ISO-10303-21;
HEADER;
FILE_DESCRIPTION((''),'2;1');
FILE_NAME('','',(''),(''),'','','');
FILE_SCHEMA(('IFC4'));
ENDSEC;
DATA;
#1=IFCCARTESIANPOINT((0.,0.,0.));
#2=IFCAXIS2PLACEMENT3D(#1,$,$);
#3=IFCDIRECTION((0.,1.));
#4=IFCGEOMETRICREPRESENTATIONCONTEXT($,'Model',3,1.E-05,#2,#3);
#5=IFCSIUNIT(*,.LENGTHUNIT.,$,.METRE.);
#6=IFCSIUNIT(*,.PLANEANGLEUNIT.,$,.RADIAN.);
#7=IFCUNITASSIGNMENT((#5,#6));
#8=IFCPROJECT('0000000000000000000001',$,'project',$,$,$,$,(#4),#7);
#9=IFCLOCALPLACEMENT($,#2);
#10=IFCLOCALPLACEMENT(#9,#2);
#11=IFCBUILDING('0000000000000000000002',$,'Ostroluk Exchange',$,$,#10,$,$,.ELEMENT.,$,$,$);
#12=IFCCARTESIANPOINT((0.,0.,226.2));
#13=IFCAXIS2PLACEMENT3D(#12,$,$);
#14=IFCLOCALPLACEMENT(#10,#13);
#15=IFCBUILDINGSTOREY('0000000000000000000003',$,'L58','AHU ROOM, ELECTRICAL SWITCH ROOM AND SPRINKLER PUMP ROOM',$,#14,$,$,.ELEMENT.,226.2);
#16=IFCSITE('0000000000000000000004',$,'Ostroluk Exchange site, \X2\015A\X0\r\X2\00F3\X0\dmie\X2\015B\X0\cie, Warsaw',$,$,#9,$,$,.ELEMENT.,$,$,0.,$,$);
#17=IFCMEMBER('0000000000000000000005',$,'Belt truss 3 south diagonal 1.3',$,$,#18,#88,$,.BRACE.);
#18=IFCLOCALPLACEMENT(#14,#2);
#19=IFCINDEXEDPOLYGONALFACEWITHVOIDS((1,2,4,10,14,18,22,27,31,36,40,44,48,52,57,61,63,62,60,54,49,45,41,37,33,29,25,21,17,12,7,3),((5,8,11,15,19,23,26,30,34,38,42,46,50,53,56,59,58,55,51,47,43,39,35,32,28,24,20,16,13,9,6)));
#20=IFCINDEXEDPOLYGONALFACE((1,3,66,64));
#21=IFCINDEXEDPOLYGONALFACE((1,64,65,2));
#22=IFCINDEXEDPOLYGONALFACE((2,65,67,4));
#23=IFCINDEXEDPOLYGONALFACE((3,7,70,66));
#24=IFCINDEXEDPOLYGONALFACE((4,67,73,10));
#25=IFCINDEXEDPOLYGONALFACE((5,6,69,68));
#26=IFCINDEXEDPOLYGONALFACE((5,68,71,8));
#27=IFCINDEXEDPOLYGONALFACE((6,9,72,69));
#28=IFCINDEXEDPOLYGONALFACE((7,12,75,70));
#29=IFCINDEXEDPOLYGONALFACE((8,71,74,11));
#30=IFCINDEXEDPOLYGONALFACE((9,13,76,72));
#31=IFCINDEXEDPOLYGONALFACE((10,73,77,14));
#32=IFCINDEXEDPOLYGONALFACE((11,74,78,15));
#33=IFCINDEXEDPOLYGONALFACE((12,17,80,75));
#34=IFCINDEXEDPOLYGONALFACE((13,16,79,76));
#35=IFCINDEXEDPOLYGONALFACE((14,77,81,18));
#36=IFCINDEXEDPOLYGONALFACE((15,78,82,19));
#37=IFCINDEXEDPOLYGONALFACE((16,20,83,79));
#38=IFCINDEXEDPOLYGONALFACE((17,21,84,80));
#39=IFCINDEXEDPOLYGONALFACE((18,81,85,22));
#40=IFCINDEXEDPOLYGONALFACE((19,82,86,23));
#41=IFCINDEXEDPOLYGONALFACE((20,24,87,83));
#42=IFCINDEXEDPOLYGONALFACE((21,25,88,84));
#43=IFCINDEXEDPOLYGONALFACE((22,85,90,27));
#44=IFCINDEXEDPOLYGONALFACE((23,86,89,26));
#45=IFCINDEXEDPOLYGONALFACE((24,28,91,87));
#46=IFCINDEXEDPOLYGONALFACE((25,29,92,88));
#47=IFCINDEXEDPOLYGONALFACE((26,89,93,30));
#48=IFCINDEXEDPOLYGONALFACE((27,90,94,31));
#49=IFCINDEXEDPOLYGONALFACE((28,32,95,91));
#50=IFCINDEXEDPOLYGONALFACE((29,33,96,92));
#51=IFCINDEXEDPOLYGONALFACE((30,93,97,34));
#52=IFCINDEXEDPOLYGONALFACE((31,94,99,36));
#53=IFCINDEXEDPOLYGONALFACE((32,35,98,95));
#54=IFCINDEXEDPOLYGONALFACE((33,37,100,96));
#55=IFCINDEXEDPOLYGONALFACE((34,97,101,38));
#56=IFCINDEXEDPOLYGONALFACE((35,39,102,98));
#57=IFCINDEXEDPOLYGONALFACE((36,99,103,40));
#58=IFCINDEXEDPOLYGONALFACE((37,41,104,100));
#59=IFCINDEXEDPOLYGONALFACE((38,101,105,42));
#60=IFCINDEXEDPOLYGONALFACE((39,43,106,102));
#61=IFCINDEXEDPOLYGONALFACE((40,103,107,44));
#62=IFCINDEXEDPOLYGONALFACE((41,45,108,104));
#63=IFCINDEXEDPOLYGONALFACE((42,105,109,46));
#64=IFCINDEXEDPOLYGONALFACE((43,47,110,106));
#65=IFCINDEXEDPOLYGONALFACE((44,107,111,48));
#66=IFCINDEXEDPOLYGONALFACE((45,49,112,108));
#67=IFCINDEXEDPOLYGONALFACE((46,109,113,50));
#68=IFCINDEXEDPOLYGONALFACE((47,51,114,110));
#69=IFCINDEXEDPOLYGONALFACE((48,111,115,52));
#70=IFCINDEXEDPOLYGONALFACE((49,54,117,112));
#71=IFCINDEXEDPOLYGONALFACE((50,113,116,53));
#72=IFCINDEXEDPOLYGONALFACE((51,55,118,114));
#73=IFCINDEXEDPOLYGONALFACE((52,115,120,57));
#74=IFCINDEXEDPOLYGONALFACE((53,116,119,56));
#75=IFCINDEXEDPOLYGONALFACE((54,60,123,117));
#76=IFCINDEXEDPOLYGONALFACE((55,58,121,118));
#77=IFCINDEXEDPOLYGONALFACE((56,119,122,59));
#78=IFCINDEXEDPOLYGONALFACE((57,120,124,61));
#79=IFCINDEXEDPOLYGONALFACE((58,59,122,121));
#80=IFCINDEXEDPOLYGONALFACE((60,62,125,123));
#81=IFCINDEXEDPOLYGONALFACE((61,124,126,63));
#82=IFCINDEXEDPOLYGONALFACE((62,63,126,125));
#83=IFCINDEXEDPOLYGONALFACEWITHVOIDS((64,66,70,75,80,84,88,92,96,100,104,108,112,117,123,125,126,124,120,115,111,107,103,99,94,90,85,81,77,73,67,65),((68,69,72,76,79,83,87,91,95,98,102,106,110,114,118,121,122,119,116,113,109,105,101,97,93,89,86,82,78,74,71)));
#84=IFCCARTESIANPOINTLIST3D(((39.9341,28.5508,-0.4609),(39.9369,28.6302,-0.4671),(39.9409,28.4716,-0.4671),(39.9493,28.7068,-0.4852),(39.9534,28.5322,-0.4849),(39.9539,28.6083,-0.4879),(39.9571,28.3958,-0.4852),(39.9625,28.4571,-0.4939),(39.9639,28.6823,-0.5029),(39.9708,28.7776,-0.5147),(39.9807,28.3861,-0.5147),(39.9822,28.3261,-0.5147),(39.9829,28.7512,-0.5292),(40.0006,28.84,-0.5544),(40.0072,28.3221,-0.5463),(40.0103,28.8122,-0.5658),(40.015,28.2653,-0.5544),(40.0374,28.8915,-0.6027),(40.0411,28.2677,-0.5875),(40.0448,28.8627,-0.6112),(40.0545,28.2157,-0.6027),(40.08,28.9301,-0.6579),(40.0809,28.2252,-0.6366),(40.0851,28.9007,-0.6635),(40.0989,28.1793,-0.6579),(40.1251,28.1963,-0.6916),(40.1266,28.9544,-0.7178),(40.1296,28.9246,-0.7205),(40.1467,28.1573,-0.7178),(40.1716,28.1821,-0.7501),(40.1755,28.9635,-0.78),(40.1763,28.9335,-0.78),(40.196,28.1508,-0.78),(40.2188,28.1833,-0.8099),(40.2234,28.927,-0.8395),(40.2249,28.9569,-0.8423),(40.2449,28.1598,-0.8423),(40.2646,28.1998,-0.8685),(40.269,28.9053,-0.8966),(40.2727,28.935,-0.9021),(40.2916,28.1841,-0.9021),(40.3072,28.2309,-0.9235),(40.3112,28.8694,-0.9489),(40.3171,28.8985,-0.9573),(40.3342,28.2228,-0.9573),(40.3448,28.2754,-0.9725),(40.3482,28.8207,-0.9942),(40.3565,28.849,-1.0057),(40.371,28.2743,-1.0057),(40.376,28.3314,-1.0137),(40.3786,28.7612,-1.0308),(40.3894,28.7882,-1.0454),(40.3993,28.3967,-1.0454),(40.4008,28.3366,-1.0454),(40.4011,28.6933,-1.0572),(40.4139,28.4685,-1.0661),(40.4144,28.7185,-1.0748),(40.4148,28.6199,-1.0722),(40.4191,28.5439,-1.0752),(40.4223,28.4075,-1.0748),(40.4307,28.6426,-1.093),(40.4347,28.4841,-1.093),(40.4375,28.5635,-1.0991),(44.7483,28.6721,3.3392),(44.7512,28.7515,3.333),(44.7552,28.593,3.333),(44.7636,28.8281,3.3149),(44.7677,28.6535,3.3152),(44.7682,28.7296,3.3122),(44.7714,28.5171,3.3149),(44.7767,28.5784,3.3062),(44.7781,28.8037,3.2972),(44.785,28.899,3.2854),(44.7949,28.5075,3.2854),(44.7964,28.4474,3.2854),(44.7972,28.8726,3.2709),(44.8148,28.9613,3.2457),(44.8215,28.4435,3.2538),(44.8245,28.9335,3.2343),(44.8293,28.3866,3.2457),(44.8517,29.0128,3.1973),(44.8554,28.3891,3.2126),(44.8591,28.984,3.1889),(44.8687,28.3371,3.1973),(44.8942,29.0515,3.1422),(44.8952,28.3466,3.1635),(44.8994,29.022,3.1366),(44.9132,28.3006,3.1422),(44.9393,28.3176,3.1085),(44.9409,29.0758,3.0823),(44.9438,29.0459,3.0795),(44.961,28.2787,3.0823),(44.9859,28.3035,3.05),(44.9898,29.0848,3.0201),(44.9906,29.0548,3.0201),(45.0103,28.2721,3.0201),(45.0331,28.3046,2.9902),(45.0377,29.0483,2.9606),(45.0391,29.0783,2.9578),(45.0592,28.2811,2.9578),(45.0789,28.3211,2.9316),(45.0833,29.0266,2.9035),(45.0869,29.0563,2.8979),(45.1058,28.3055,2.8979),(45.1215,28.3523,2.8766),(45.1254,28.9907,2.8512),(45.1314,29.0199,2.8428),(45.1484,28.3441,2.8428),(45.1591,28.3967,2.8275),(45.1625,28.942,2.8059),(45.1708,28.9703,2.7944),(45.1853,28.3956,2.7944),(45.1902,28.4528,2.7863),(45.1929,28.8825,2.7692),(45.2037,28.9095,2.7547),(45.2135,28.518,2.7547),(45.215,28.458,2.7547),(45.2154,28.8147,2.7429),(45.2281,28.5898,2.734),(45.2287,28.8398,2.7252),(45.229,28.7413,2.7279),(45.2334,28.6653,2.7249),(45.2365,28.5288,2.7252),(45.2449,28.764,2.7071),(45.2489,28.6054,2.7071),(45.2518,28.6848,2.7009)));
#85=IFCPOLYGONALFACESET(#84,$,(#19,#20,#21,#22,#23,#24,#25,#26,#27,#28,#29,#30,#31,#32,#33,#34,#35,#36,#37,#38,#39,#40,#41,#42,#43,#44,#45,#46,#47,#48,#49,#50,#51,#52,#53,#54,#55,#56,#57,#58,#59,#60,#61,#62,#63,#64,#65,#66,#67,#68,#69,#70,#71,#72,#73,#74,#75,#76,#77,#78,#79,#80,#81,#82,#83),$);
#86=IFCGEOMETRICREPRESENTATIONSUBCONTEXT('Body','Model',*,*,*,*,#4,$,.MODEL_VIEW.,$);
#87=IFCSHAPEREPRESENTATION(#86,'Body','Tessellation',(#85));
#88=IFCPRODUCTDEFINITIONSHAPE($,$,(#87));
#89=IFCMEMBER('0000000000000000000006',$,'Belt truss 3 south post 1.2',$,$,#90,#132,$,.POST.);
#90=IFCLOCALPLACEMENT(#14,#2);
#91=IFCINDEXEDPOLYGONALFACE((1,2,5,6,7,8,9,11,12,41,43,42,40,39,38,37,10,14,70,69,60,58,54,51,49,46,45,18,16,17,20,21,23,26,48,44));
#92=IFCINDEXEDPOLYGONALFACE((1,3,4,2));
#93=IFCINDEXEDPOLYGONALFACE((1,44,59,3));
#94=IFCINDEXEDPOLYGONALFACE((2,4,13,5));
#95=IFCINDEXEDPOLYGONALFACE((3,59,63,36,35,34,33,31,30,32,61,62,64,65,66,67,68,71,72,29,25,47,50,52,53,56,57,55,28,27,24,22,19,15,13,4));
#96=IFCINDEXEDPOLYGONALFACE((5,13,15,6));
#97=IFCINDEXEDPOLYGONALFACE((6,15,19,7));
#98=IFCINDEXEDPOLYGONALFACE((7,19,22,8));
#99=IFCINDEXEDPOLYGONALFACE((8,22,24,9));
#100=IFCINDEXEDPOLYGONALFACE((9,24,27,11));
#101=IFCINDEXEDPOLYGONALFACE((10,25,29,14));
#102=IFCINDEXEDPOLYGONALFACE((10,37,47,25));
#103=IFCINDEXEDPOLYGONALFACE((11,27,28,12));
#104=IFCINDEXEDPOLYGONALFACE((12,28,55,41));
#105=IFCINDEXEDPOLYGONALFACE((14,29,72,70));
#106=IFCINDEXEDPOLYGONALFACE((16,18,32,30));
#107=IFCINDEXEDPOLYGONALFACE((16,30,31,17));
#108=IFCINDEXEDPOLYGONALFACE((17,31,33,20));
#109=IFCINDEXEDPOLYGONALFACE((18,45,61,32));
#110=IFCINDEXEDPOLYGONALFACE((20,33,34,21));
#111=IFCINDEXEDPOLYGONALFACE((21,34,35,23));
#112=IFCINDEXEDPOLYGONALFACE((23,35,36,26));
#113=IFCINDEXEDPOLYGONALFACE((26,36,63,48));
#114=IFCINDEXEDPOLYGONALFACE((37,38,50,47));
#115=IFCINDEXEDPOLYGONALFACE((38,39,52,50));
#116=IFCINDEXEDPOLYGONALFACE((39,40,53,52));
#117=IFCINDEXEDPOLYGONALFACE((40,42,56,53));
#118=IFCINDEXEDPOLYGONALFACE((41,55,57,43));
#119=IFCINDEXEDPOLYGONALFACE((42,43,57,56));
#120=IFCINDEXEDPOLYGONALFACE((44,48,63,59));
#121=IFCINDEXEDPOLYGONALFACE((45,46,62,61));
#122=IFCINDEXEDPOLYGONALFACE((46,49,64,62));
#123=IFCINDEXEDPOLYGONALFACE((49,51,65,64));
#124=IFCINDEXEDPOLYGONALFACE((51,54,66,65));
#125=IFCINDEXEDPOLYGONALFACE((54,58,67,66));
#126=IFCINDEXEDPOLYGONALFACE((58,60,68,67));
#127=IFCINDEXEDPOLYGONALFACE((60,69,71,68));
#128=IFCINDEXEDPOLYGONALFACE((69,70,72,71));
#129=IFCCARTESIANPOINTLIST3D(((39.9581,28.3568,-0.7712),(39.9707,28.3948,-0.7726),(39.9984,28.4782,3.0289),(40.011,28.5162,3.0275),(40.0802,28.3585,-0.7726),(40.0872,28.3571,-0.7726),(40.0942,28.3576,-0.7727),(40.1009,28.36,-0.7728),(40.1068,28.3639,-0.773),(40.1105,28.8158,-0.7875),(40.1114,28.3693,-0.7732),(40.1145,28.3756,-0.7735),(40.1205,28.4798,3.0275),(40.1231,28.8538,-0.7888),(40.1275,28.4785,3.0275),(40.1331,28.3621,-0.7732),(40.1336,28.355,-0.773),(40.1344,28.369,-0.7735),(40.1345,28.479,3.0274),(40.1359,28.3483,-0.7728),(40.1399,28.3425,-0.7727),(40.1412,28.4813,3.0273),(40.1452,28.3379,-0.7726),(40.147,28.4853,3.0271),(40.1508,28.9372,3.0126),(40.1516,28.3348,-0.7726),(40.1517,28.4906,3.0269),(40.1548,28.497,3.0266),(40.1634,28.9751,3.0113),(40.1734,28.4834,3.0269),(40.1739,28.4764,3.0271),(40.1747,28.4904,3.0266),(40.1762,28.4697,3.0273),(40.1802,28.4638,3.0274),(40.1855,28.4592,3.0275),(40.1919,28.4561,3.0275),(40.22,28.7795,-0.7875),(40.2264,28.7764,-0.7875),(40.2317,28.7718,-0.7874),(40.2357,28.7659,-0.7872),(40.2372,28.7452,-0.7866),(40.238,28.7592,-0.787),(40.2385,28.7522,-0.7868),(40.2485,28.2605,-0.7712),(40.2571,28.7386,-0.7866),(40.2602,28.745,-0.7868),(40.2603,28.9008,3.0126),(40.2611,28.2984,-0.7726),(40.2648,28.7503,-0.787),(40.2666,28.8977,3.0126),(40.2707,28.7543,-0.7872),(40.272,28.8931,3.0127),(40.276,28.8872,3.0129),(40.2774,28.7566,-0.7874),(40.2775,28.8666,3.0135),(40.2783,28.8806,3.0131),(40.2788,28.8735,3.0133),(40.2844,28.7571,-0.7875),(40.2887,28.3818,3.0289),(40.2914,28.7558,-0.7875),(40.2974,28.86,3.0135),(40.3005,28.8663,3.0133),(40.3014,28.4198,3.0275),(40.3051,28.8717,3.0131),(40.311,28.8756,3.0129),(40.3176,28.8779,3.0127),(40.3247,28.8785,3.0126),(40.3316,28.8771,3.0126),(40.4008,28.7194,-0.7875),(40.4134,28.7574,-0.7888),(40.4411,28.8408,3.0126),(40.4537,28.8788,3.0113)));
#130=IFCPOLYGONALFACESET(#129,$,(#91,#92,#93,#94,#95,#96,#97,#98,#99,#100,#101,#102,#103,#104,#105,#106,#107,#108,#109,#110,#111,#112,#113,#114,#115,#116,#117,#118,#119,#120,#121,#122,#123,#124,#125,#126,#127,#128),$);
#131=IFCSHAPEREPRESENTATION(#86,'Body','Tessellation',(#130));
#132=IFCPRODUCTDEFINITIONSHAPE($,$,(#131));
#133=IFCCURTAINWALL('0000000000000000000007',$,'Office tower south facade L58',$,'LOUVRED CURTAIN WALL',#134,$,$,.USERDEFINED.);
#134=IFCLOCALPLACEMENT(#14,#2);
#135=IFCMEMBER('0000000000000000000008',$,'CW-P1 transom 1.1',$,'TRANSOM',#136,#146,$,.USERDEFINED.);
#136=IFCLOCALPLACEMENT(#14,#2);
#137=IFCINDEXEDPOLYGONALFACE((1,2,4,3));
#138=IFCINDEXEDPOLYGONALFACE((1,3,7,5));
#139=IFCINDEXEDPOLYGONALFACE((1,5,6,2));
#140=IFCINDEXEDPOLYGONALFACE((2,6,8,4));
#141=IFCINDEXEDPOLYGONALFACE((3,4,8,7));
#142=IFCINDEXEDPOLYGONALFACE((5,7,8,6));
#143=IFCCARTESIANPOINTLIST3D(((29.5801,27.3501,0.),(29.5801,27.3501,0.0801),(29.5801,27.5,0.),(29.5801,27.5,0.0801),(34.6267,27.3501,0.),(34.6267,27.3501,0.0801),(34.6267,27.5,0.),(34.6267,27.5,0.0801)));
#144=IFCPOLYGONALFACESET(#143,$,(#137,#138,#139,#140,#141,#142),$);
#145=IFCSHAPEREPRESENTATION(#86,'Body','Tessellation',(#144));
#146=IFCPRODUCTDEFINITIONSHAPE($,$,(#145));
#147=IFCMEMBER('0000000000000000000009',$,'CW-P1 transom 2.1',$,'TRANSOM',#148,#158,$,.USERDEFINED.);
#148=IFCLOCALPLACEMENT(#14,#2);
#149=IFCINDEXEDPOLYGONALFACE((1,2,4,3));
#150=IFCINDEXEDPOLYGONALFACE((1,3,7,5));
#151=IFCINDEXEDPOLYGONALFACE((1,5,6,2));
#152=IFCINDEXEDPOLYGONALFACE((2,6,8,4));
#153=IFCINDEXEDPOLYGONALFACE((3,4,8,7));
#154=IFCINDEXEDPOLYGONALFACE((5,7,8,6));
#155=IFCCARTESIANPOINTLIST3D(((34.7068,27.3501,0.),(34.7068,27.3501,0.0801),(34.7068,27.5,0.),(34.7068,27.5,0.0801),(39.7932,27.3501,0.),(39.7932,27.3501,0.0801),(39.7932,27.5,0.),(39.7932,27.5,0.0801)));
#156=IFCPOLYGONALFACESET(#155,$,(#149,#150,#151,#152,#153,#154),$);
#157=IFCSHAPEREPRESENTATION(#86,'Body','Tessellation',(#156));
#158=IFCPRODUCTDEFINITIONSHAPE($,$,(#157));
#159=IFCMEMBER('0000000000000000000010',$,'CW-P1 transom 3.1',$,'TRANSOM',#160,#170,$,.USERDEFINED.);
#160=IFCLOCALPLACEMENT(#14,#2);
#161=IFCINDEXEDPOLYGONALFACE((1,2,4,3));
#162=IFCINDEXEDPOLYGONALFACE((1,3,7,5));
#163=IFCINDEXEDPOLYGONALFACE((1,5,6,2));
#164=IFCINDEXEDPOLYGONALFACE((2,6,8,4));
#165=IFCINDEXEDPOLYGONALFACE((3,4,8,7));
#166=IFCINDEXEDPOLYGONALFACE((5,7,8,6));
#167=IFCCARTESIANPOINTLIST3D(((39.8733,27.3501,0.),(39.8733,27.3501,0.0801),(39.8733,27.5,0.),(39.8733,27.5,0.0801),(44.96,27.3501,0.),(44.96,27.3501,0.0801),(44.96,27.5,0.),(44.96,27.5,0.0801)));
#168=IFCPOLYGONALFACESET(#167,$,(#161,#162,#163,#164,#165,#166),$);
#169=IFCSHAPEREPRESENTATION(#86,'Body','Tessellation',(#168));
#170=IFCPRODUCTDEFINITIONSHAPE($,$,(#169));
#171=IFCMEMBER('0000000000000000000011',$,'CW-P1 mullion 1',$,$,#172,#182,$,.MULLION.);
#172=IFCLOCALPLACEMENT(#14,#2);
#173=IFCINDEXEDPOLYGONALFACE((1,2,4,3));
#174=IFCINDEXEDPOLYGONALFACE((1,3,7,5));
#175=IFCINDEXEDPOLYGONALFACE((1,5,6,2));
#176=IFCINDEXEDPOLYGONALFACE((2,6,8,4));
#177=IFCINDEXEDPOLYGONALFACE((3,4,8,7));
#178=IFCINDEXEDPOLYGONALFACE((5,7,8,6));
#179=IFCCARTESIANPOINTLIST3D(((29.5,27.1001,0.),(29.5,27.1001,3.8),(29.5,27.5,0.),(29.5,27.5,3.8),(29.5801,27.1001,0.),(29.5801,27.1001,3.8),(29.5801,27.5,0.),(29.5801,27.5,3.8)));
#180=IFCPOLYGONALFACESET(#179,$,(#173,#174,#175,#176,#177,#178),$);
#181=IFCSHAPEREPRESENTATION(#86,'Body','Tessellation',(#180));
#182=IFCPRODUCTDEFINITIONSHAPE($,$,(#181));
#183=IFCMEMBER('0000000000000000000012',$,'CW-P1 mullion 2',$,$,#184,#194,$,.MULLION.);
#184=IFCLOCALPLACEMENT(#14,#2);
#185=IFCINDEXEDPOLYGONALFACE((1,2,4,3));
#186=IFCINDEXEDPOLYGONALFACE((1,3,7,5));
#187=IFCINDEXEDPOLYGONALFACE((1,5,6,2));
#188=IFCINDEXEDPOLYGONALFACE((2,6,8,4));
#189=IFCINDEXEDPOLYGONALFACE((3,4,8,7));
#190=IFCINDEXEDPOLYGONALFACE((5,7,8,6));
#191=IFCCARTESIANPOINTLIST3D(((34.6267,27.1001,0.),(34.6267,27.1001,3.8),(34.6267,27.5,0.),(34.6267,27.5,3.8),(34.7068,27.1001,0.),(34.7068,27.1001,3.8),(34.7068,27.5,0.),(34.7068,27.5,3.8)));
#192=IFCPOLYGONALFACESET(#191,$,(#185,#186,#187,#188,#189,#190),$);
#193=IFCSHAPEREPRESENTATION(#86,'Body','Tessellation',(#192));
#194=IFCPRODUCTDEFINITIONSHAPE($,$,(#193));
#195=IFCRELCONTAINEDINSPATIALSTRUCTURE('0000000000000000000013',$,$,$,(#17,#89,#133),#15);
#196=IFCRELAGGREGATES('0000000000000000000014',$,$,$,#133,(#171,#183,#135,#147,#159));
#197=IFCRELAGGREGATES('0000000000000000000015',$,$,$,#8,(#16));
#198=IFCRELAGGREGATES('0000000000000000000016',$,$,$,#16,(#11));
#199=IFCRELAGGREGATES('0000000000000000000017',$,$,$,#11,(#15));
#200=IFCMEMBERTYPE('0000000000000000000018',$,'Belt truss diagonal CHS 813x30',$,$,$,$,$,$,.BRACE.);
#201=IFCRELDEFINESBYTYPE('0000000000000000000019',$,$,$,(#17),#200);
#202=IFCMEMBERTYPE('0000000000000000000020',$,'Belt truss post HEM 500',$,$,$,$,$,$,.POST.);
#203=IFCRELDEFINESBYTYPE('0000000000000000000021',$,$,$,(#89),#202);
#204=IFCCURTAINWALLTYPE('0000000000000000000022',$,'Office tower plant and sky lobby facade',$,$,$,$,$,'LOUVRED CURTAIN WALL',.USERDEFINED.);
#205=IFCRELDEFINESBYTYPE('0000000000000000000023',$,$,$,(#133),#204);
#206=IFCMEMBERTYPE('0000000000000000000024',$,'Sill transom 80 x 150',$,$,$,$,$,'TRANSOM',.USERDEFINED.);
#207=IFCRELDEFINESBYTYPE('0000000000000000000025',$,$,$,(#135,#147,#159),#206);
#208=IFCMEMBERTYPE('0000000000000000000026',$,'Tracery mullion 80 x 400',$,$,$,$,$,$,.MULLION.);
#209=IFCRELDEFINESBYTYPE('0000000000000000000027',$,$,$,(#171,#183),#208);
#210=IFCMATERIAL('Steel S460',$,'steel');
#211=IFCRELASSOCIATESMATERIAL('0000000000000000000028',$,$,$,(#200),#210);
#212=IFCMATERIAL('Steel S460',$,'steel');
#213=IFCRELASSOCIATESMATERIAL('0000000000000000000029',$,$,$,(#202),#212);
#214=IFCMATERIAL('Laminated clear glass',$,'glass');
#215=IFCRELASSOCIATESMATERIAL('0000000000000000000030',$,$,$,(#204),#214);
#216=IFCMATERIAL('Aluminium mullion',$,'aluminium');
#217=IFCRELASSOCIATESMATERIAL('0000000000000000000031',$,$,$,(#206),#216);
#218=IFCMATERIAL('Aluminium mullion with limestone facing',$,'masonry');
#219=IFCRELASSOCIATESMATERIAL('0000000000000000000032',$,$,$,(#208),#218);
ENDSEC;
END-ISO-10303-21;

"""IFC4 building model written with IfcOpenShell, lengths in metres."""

from ifc_helpers import new_model, si_unit, direction, frame, origin, origin_2d, place, context, subcontext, project, spatial, rectangle, hollow_circle, i_section, extrude, material, material_profile, profile_set, type_object, element, aggregate, save


model = new_model("IFC4")

# Units and contexts
model_context = context("Model", 3, precision=1e-05, world=origin(), true_north=direction((0.0, 1.0)))
body_context = subcontext(model_context, "Body", "Model", "MODEL_VIEW")
ifc_project = project(units=[si_unit("LENGTHUNIT", "METRE"), si_unit("PLANEANGLEUNIT", "RADIAN")], contexts=[model_context])

# Site, building, storey
site_placement = place(None, origin())
site = spatial("IfcSite", under=ifc_project, at=site_placement, Name="Ostroluk Exchange site, Śródmieście, Warsaw", CompositionType="ELEMENT", RefElevation=0.0)
building_placement = place(site_placement, origin())
building = spatial("IfcBuilding", under=site, at=building_placement, Name="Ostroluk Exchange", CompositionType="ELEMENT")
storey_placement = place(building_placement, frame((0.0, 0.0, 226.2)))
storey = spatial("IfcBuildingStorey", under=building, at=storey_placement, Name="L58", Description="AHU ROOM, ELECTRICAL SWITCH ROOM AND SPRINKLER PUMP ROOM", CompositionType="ELEMENT", Elevation=226.2)

# Members
ifc_material_1 = material(Name="Steel S460", Category="steel")
ifc_material_profile_1 = material_profile(ifc_material_1, hollow_circle(Radius=0.4065, WallThickness=0.03, at=origin_2d()), Name="CHS 813x30")
ifc_profile_set_1 = profile_set([ifc_material_profile_1], Name="Steel S460")
member_type_1 = type_object("IfcMemberType", Name="Belt truss diagonal CHS 813x30", PredefinedType="BRACE", material=ifc_profile_set_1)
member_1_placement = place(storey_placement, frame((40.1858, 28.5571, -0.78), z_axis=(0.78478, 0.01978, 0.619459), x_axis=(-0.025196, 0.999683, 0.0)))
element("IfcMember", 1, at=member_1_placement, inside=storey, type_object=member_type_1, Name="Belt truss 3 south diagonal 1.3", PredefinedType="BRACE", context=body_context, shape_type="SweptSolid", body=[
    extrude(hollow_circle(Radius=0.4065, WallThickness=0.03, at=origin_2d()), origin(), (0.0, 0.0, 1.0), 6.1345),
])
ifc_material_2 = material(Name="Steel S460", Category="steel")
ifc_material_profile_2 = material_profile(ifc_material_2, i_section(OverallWidth=0.3059, OverallDepth=0.5239, WebThickness=0.021, FlangeThickness=0.04, FilletRadius=0.0271, at=origin_2d()), Name="HEM 500")
ifc_profile_set_2 = profile_set([ifc_material_profile_2], Name="Steel S460")
member_type_2 = type_object("IfcMemberType", Name="Belt truss post HEM 500", PredefinedType="POST", material=ifc_profile_set_2)
member_2_placement = place(storey_placement, frame((40.1858, 28.5571, -0.78), z_axis=(0.010595, 0.031913, 0.999435), x_axis=(-0.949065, 0.315082, 0.0)))
element("IfcMember", 2, at=member_2_placement, inside=storey, type_object=member_type_2, Name="Belt truss 3 south post 1.2", PredefinedType="POST", context=body_context, shape_type="SweptSolid", body=[
    extrude(i_section(OverallWidth=0.3059, OverallDepth=0.5239, WebThickness=0.021, FlangeThickness=0.04, FilletRadius=0.0271, at=origin_2d()), origin(), (0.0, 0.0, 1.0), 3.8022),
])

# Curtain wall, members
ifc_material_3 = material(Name="Laminated clear glass", Category="glass")
curtain_wall_type = type_object("IfcCurtainWallType", Name="Office tower plant and sky lobby facade", ElementType="LOUVRED CURTAIN WALL", PredefinedType="USERDEFINED", material=ifc_material_3)
curtain_wall_placement = place(storey_placement, origin())
curtain_wall = element("IfcCurtainWall", 3, at=curtain_wall_placement, inside=storey, type_object=curtain_wall_type, Name="Office tower south facade L58", ObjectType="LOUVRED CURTAIN WALL", PredefinedType="USERDEFINED")
ifc_material_4 = material(Name="Aluminium mullion", Category="aluminium")
ifc_material_profile_3 = material_profile(ifc_material_4, rectangle(XDim=0.1499, YDim=0.0801, at=origin_2d()), Name="Sill transom 80 x 150")
ifc_profile_set_3 = profile_set([ifc_material_profile_3], Name="Aluminium mullion")
member_type_3 = type_object("IfcMemberType", Name="Sill transom 80 x 150", ElementType="TRANSOM", PredefinedType="USERDEFINED", material=ifc_profile_set_3)
member_3_placement = place(storey_placement, frame((29.5801, 27.425, 0.04), z_axis=(1.0, 0.0, 0.0), x_axis=(0.0, 1.0, 0.0)))
member_3 = element("IfcMember", 4, at=member_3_placement, type_object=member_type_3, Name="CW-P1 transom 1.1", ObjectType="TRANSOM", PredefinedType="USERDEFINED", context=body_context, shape_type="SweptSolid", body=[
    extrude(rectangle(XDim=0.1499, YDim=0.0801, at=origin_2d()), origin(), (0.0, 0.0, 1.0), 5.0466),
])
member_4_placement = place(storey_placement, frame((34.7068, 27.425, 0.04), z_axis=(1.0, 0.0, 0.0), x_axis=(0.0, 1.0, 0.0)))
member_4 = element("IfcMember", 5, at=member_4_placement, type_object=member_type_3, Name="CW-P1 transom 2.1", ObjectType="TRANSOM", PredefinedType="USERDEFINED", context=body_context, shape_type="SweptSolid", body=[
    extrude(rectangle(XDim=0.1499, YDim=0.0801, at=origin_2d()), origin(), (0.0, 0.0, 1.0), 5.0864),
])
member_5_placement = place(storey_placement, frame((39.8733, 27.425, 0.04), z_axis=(1.0, 0.0, 0.0), x_axis=(0.0, 1.0, 0.0)))
member_5 = element("IfcMember", 6, at=member_5_placement, type_object=member_type_3, Name="CW-P1 transom 3.1", ObjectType="TRANSOM", PredefinedType="USERDEFINED", context=body_context, shape_type="SweptSolid", body=[
    extrude(rectangle(XDim=0.1499, YDim=0.0801, at=origin_2d()), origin(), (0.0, 0.0, 1.0), 5.0867),
])
ifc_material_5 = material(Name="Aluminium mullion with limestone facing", Category="masonry")
ifc_material_profile_4 = material_profile(ifc_material_5, rectangle(XDim=0.3999, YDim=0.0801, at=origin_2d()), Name="Tracery mullion 80 x 400")
ifc_profile_set_4 = profile_set([ifc_material_profile_4], Name="Aluminium mullion with limestone facing")
member_type_4 = type_object("IfcMemberType", Name="Tracery mullion 80 x 400", PredefinedType="MULLION", material=ifc_profile_set_4)
member_6_placement = place(storey_placement, frame((29.54, 27.3, 0.0), z_axis=(0.0, 0.0, 1.0), x_axis=(0.0, 1.0, 0.0)))
member_6 = element("IfcMember", 7, at=member_6_placement, type_object=member_type_4, Name="CW-P1 mullion 1", PredefinedType="MULLION", context=body_context, shape_type="SweptSolid", body=[
    extrude(rectangle(XDim=0.3999, YDim=0.0801, at=origin_2d()), origin(), (0.0, 0.0, 1.0), 3.8),
])
member_7_placement = place(storey_placement, frame((34.6667, 27.3, 0.0), z_axis=(0.0, 0.0, 1.0), x_axis=(0.0, 1.0, 0.0)))
member_7 = element("IfcMember", 8, at=member_7_placement, type_object=member_type_4, Name="CW-P1 mullion 2", PredefinedType="MULLION", context=body_context, shape_type="SweptSolid", body=[
    extrude(rectangle(XDim=0.3999, YDim=0.0801, at=origin_2d()), origin(), (0.0, 0.0, 1.0), 3.8),
])
aggregate(curtain_wall, [member_6, member_7, member_3, member_4, member_5])

save(model, "model.ifc")
